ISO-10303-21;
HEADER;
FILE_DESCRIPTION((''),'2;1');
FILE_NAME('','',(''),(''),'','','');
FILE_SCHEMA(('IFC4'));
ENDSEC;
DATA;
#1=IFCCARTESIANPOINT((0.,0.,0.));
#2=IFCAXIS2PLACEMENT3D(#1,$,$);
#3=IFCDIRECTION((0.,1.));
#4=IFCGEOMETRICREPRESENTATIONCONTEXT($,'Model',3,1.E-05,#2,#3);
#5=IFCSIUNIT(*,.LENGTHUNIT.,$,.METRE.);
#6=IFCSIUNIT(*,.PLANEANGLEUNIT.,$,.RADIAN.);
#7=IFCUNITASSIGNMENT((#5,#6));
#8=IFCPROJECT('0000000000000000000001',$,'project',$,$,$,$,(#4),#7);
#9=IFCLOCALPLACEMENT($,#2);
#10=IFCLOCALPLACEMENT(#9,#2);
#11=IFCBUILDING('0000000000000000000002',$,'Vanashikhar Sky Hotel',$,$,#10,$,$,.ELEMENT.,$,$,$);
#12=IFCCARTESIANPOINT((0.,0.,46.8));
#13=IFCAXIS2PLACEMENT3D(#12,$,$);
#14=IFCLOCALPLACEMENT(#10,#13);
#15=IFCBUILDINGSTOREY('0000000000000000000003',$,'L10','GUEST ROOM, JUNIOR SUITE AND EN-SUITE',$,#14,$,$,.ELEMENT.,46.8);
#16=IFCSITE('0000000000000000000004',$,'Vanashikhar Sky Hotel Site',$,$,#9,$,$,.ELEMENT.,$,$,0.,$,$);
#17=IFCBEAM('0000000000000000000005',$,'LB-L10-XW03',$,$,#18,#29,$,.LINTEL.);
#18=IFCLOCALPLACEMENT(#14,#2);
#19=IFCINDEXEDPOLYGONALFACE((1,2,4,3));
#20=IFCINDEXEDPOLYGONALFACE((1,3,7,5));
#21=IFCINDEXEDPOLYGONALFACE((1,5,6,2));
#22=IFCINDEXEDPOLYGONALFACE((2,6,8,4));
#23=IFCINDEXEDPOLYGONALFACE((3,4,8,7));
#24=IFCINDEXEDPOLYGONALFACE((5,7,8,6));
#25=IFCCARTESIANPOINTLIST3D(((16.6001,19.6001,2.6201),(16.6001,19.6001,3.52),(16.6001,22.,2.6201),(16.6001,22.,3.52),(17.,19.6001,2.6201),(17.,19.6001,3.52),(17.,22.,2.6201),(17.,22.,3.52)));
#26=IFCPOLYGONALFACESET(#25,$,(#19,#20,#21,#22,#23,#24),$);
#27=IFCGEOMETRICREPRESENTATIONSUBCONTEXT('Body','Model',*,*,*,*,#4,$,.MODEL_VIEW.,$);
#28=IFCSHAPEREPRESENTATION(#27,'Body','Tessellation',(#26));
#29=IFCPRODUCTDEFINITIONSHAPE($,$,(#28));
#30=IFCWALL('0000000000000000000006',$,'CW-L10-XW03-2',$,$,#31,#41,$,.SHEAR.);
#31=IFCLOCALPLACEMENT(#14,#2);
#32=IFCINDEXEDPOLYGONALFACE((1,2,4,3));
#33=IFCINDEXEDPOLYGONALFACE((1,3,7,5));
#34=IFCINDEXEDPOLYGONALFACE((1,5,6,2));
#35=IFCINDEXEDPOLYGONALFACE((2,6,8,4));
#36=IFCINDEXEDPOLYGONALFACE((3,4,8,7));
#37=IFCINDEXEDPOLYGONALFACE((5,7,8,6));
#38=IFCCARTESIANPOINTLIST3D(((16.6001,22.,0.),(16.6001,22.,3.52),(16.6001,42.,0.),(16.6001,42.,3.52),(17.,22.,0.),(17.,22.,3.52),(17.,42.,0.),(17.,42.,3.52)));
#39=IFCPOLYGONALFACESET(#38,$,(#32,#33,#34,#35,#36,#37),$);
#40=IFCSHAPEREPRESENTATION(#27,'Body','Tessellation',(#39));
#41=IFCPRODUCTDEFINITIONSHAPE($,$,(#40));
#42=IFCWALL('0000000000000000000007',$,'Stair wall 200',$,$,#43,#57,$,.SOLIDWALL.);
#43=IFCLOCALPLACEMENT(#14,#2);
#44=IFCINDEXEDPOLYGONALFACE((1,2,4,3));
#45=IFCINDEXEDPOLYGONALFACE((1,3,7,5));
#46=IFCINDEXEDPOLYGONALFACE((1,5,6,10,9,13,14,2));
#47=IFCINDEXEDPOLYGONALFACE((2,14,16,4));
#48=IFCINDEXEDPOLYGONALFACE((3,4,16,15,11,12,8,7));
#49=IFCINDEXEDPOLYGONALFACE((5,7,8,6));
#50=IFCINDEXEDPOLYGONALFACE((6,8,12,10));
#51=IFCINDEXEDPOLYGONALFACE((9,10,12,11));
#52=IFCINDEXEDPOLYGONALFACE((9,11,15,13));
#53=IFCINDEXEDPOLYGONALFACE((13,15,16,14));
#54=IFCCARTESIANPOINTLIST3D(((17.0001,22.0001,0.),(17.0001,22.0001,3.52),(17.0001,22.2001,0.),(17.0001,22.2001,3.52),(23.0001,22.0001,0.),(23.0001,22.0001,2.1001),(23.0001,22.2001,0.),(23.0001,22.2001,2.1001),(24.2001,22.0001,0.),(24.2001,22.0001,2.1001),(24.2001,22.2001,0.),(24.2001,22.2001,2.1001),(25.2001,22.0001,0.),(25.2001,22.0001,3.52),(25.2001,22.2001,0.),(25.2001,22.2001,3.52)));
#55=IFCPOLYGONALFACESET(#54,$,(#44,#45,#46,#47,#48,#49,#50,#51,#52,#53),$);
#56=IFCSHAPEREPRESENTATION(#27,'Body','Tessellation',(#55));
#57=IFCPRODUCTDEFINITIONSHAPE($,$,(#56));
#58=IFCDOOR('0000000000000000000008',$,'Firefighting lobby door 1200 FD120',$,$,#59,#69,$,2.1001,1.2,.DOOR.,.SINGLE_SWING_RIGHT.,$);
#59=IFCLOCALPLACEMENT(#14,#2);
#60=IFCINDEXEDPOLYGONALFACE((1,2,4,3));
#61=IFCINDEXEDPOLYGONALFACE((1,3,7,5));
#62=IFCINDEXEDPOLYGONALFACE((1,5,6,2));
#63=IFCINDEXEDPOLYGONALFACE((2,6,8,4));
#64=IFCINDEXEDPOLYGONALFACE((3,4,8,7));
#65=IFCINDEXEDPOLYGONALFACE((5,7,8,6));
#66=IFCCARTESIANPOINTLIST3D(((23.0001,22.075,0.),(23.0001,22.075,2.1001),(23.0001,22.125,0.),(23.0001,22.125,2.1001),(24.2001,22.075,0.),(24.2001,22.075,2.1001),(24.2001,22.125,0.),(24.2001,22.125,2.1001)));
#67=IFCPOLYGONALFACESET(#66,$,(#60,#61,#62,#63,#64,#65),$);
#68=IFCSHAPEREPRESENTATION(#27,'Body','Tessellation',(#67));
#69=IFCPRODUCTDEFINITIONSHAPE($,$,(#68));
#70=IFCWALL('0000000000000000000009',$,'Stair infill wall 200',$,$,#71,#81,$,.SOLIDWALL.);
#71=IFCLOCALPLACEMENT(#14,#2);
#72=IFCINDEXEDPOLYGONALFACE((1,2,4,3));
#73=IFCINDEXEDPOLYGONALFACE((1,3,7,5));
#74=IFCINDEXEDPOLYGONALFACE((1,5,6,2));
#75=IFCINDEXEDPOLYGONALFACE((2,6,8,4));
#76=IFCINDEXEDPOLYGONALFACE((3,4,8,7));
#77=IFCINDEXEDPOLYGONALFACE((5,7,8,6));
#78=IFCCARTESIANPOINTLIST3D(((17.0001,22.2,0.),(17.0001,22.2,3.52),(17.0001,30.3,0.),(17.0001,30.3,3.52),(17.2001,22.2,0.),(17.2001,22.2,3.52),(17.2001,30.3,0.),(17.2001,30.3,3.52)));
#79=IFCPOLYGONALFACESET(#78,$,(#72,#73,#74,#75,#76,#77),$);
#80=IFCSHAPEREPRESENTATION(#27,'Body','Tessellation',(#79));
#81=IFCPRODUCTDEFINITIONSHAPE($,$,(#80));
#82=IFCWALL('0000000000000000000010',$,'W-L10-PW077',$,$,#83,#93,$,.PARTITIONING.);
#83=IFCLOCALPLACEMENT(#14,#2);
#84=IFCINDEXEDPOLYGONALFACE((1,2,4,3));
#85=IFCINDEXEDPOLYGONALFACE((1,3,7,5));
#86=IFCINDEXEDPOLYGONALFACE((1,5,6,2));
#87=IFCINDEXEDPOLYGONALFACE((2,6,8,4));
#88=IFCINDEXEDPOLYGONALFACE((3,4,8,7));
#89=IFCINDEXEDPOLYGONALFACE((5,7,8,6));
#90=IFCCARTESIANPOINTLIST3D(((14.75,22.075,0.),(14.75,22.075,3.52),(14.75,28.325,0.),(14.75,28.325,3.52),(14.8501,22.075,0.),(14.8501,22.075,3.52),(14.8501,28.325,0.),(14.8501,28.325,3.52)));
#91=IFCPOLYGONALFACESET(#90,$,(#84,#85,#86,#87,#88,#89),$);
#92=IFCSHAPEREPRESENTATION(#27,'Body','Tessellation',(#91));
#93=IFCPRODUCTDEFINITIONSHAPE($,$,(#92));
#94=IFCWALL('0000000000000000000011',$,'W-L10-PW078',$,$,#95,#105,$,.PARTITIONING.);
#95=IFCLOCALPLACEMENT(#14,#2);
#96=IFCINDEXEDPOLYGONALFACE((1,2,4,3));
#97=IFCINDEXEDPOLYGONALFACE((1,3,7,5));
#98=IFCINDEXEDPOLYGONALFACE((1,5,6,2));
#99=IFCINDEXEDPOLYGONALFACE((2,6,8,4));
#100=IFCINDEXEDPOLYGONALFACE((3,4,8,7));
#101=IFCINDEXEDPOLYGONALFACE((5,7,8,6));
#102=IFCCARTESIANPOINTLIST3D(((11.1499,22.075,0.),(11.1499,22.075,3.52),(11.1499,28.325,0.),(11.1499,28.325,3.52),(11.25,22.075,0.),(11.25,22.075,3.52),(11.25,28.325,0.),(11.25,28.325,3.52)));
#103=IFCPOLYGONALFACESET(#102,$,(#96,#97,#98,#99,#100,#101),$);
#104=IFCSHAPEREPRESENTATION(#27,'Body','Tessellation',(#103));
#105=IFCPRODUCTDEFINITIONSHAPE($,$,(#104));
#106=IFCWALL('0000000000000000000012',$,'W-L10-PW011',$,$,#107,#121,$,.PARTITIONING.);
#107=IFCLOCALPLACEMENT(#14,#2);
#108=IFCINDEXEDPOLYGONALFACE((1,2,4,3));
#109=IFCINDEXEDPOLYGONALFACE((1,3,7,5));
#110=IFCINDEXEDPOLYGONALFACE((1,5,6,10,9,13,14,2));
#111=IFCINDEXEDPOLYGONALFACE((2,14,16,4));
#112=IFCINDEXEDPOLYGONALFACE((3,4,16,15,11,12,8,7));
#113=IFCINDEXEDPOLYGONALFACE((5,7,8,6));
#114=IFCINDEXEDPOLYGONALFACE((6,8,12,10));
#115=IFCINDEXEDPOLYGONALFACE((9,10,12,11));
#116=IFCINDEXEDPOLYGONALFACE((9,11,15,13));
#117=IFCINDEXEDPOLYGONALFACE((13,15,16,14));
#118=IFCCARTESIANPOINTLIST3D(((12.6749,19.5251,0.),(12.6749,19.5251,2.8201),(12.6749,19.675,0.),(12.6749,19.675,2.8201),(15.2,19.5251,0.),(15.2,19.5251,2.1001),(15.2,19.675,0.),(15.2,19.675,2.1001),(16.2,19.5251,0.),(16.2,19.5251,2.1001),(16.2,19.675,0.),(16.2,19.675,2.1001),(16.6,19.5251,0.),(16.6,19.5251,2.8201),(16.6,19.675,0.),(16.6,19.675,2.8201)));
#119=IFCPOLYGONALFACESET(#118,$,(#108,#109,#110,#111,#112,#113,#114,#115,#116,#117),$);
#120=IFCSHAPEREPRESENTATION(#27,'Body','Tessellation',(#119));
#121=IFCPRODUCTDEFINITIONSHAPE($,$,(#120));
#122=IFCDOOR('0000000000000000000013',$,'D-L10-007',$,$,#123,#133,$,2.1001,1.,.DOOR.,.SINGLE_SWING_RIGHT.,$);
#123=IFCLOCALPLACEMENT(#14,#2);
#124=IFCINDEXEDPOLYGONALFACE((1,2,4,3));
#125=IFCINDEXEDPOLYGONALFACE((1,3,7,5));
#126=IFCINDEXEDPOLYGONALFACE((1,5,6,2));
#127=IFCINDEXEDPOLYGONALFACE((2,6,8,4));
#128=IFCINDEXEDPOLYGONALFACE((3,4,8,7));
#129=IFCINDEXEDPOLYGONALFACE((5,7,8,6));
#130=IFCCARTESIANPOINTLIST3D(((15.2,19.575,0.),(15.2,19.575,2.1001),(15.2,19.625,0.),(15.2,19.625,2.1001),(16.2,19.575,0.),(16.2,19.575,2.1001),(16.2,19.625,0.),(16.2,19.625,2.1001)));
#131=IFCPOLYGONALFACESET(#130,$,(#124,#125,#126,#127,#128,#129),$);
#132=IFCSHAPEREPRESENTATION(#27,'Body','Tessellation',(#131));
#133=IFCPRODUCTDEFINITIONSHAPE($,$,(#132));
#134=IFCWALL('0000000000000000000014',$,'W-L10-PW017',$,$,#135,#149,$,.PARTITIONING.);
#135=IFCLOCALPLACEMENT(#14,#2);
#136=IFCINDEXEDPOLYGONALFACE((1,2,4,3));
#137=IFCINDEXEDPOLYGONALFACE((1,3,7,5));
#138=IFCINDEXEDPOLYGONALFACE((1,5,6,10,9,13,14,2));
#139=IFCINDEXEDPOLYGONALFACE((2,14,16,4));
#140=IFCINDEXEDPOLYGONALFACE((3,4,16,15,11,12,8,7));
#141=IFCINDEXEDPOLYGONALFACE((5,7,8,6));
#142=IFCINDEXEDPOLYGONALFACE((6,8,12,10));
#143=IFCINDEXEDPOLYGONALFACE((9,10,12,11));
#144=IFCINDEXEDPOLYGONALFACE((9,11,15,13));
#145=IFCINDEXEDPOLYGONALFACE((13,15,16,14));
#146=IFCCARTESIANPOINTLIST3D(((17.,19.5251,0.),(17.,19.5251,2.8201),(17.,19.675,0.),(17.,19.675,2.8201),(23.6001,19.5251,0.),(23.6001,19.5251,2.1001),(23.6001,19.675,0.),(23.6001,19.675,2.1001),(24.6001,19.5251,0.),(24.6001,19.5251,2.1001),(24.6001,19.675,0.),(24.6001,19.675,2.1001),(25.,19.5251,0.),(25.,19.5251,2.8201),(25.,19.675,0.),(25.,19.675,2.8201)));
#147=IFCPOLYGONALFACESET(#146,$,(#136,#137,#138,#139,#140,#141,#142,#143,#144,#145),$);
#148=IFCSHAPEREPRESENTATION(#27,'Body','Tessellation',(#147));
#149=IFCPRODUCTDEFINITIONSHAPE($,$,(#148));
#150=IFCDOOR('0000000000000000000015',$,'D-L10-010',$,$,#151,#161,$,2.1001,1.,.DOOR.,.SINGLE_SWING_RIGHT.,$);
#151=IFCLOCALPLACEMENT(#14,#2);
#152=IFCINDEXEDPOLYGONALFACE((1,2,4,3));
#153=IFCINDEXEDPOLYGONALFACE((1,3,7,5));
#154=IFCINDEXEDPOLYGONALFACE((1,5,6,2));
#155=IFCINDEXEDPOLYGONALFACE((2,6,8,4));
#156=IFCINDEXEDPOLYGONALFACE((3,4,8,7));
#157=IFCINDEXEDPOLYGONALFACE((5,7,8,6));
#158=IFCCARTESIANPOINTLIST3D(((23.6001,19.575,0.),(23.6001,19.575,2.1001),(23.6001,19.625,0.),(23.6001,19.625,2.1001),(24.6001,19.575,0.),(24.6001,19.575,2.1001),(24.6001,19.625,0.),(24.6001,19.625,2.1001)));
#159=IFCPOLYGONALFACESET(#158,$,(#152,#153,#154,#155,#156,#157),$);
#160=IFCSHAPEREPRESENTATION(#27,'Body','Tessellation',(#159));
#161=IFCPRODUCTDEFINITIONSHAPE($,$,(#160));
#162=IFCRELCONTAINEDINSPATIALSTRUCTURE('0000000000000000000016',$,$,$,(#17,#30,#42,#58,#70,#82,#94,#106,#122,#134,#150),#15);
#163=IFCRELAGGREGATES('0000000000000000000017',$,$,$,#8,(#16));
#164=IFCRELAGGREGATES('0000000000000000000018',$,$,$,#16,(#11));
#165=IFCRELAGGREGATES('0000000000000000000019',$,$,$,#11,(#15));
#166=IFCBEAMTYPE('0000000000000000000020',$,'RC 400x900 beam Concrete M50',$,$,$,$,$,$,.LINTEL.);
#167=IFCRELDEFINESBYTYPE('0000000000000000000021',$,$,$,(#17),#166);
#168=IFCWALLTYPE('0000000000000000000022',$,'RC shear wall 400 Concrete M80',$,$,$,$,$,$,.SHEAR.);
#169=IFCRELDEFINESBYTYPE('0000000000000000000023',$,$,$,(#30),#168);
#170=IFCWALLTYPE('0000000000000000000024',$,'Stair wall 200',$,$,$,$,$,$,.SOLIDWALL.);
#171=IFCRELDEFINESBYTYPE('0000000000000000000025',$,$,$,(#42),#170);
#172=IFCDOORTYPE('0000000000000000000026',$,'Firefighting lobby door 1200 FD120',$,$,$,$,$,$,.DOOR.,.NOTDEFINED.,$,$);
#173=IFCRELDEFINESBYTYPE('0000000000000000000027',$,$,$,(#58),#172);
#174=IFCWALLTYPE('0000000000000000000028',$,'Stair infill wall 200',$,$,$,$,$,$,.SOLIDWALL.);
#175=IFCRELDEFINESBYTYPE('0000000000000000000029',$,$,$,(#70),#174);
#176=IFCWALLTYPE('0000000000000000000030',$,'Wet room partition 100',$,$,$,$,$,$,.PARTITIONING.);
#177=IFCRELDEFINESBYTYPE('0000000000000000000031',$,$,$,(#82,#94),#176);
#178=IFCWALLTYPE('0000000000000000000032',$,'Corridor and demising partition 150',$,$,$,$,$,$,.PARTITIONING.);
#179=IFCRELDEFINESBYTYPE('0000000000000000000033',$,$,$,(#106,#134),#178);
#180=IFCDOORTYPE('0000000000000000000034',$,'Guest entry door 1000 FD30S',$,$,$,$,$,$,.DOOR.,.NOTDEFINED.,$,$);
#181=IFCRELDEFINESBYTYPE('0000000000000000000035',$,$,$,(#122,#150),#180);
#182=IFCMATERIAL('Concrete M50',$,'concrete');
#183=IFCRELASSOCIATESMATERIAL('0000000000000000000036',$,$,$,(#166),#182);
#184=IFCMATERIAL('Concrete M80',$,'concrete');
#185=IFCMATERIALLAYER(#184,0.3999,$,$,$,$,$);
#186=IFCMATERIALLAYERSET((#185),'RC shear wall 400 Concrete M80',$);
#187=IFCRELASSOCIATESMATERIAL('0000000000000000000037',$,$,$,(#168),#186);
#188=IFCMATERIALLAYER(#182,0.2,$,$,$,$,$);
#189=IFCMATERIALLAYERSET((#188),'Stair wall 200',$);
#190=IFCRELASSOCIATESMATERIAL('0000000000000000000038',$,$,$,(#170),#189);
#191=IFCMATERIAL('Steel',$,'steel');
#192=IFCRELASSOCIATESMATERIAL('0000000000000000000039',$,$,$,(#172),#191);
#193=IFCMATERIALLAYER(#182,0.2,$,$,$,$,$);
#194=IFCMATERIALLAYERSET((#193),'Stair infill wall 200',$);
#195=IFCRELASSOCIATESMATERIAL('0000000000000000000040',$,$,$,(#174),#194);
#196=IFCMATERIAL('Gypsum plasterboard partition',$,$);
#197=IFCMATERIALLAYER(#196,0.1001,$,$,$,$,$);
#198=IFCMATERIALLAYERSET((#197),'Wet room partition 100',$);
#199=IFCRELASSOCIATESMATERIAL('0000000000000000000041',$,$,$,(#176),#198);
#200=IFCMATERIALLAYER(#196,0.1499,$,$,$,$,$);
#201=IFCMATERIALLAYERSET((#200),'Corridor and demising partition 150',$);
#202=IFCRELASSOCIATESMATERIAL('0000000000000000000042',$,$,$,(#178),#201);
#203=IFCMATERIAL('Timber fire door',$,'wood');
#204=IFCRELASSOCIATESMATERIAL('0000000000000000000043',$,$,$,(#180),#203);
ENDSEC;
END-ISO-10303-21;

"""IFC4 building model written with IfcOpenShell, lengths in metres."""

from ifc_helpers import new_model, si_unit, direction, frame, frame_2d, origin, origin_2d, place, context, subcontext, project, spatial, rectangle, extrude, source, transform, mapped, material, layer, layer_set, material_profile, profile_set, type_object, element, fill, save


model = new_model("IFC4")

# Units and contexts
model_context = context("Model", 3, precision=1e-05, world=origin(), true_north=direction((0.0, 1.0)))
body_context = subcontext(model_context, "Body", "Model", "MODEL_VIEW")
ifc_project = project(units=[si_unit("LENGTHUNIT", "METRE"), si_unit("PLANEANGLEUNIT", "RADIAN")], contexts=[model_context])

# Site, building, storey
site_placement = place(None, origin())
site = spatial("IfcSite", under=ifc_project, at=site_placement, Name="Vanashikhar Sky Hotel Site", CompositionType="ELEMENT", RefElevation=0.0)
building_placement = place(site_placement, origin())
building = spatial("IfcBuilding", under=site, at=building_placement, Name="Vanashikhar Sky Hotel", CompositionType="ELEMENT")
storey_placement = place(building_placement, frame((0.0, 0.0, 46.8)))
storey = spatial("IfcBuildingStorey", under=building, at=storey_placement, Name="L10", Description="GUEST ROOM, JUNIOR SUITE AND EN-SUITE", CompositionType="ELEMENT", Elevation=46.8)

# Beam
ifc_material_1 = material(Name="Concrete M50", Category="concrete")
ifc_material_profile = material_profile(ifc_material_1, rectangle(XDim=0.3999, YDim=0.8999, at=origin_2d()))
ifc_profile_set = profile_set([ifc_material_profile], Name="RC 400x900 beam Concrete M50")
beam_type = type_object("IfcBeamType", Name="RC 400x900 beam Concrete M50", PredefinedType="LINTEL", material=ifc_profile_set)
shared_shape_1 = source(origin(), body_context, "Body", "SweptSolid", [
    extrude(rectangle(XDim=0.3999, YDim=0.8999, at=origin_2d()), origin(), (0.0, 0.0, 1.0), 2.3999),
])
beam_placement = place(storey_placement, frame((16.8, 19.6001, 3.0701), z_axis=(0.0, 1.0, 0.0), x_axis=(-1.0, 0.0, 0.0)))
element("IfcBeam", 1, at=beam_placement, inside=storey, type_object=beam_type, Name="LB-L10-XW03", PredefinedType="LINTEL", context=body_context, shape_type="MappedRepresentation", body=[
    mapped(shared_shape_1, transform((0.0, 0.0, 0.0), scale=1.0)),
])

# Wall
ifc_material_2 = material(Name="Concrete M80", Category="concrete")
ifc_layer_1 = layer(ifc_material_2, 0.3999)
ifc_layer_set_1 = layer_set([ifc_layer_1], Name="RC shear wall 400 Concrete M80")
wall_type_1 = type_object("IfcWallType", Name="RC shear wall 400 Concrete M80", PredefinedType="SHEAR", material=ifc_layer_set_1)
shared_shape_2 = source(origin(), body_context, "Body", "SweptSolid", [
    extrude(rectangle(XDim=20.0, YDim=0.3999, at=frame_2d((10.0, 0.0))), origin(), (0.0, 0.0, 1.0), 3.52),
])
wall_1_placement = place(storey_placement, frame((16.8, 22.0, 0.0), z_axis=(0.0, 0.0, 1.0), x_axis=(0.0, 1.0, 0.0)))
element("IfcWall", 2, at=wall_1_placement, inside=storey, type_object=wall_type_1, Name="CW-L10-XW03-2", PredefinedType="SHEAR", context=body_context, shape_type="MappedRepresentation", body=[
    mapped(shared_shape_2, transform((0.0, 0.0, 0.0), scale=1.0)),
])

# Wall, opening, door
ifc_layer_2 = layer(ifc_material_1, 0.2)
ifc_layer_set_2 = layer_set([ifc_layer_2], Name="Stair wall 200")
wall_type_2 = type_object("IfcWallType", Name="Stair wall 200", PredefinedType="SOLIDWALL", material=ifc_layer_set_2)
shared_shape_3 = source(origin(), body_context, "Body", "SweptSolid", [
    extrude(rectangle(XDim=8.2, YDim=0.2, at=frame_2d((4.1001, 0.0))), origin(), (0.0, 0.0, 1.0), 3.52),
])
wall_2_placement = place(storey_placement, frame((17.0, 22.1001, 0.0), z_axis=(0.0, 0.0, 1.0), x_axis=(1.0, 0.0, 0.0)))
wall_2 = element("IfcWall", 3, at=wall_2_placement, inside=storey, type_object=wall_type_2, Name="Stair wall 200", PredefinedType="SOLIDWALL", context=body_context, shape_type="MappedRepresentation", body=[
    mapped(shared_shape_3, transform((0.0, 0.0, 0.0), scale=1.0)),
])
shared_shape_4 = source(origin(), body_context, "Body", "SweptSolid", [
    extrude(rectangle(XDim=1.2, YDim=2.1001, at=frame_2d((0.6001, 1.05))), frame((0.0, 0.1099, 0.0), z_axis=(0.0, -1.0, 0.0), x_axis=(1.0, 0.0, 0.0)), (0.0, 0.0, 1.0), 0.22),
])
opening_1_placement = place(wall_2_placement, frame((6.0, 0.0, 0.0)))
opening_1 = element("IfcOpeningElement", 4, at=opening_1_placement, cuts=wall_2, PredefinedType="OPENING", context=body_context, shape_type="MappedRepresentation", body=[
    mapped(shared_shape_4, transform((0.0, 0.0, 0.0), scale=1.0)),
])
ifc_material_3 = material(Name="Steel", Category="steel")
door_type_1 = type_object("IfcDoorType", Name="Firefighting lobby door 1200 FD120", OperationType="NOTDEFINED", PredefinedType="DOOR", material=ifc_material_3)
shared_shape_5 = source(origin(), body_context, "Body", "SweptSolid", [
    extrude(rectangle(XDim=1.2, YDim=2.1001, at=frame_2d((0.6001, 1.05))), frame((0.0, 0.0249, 0.0), z_axis=(0.0, -1.0, 0.0), x_axis=(1.0, 0.0, 0.0)), (0.0, 0.0, 1.0), 0.05),
])
door_1_placement = place(opening_1_placement, origin())
door_1 = element("IfcDoor", 5, at=door_1_placement, inside=storey, type_object=door_type_1, Name="Firefighting lobby door 1200 FD120", OperationType="SINGLE_SWING_RIGHT", OverallHeight=2.1001, OverallWidth=1.2, PredefinedType="DOOR", context=body_context, shape_type="MappedRepresentation", body=[
    mapped(shared_shape_5, transform((0.0, 0.0, 0.0), scale=1.0)),
])
fill(opening_1, door_1)

# Walls
ifc_layer_3 = layer(ifc_material_1, 0.2)
ifc_layer_set_3 = layer_set([ifc_layer_3], Name="Stair infill wall 200")
wall_type_3 = type_object("IfcWallType", Name="Stair infill wall 200", PredefinedType="SOLIDWALL", material=ifc_layer_set_3)
shared_shape_6 = source(origin(), body_context, "Body", "SweptSolid", [
    extrude(rectangle(XDim=8.1001, YDim=0.2, at=frame_2d((4.05, 0.0))), origin(), (0.0, 0.0, 1.0), 3.52),
])
wall_3_placement = place(storey_placement, frame((17.1001, 22.2, 0.0), z_axis=(0.0, 0.0, 1.0), x_axis=(0.0, 1.0, 0.0)))
element("IfcWall", 6, at=wall_3_placement, inside=storey, type_object=wall_type_3, Name="Stair infill wall 200", PredefinedType="SOLIDWALL", context=body_context, shape_type="MappedRepresentation", body=[
    mapped(shared_shape_6, transform((0.0, 0.0, 0.0), scale=1.0)),
])
ifc_material_4 = material(Name="Gypsum plasterboard partition")
ifc_layer_4 = layer(ifc_material_4, 0.1001)
ifc_layer_set_4 = layer_set([ifc_layer_4], Name="Wet room partition 100")
wall_type_4 = type_object("IfcWallType", Name="Wet room partition 100", PredefinedType="PARTITIONING", material=ifc_layer_set_4)
shared_shape_7 = source(origin(), body_context, "Body", "SweptSolid", [
    extrude(rectangle(XDim=6.25, YDim=0.1001, at=frame_2d((3.125, 0.0))), origin(), (0.0, 0.0, 1.0), 3.52),
])
for number, where, z_axis, x_axis, name in (
    (7, (14.8, 22.075, 0.0), (0.0, 0.0, 1.0), (0.0, 1.0, 0.0), "W-L10-PW077"),
    (8, (11.2, 22.075, 0.0), (0.0, 0.0, 1.0), (0.0, 1.0, 0.0), "W-L10-PW078"),
):
    element("IfcWall", number, at=place(storey_placement, frame(where, z_axis=z_axis, x_axis=x_axis)), inside=storey, type_object=wall_type_4, Name=name, PredefinedType="PARTITIONING", context=body_context, shape_type="MappedRepresentation", body=[
        mapped(shared_shape_7, transform((0.0, 0.0, 0.0), scale=1.0)),
    ])

# Walls, openings, doors
ifc_layer_5 = layer(ifc_material_4, 0.1499)
ifc_layer_set_5 = layer_set([ifc_layer_5], Name="Corridor and demising partition 150")
wall_type_5 = type_object("IfcWallType", Name="Corridor and demising partition 150", PredefinedType="PARTITIONING", material=ifc_layer_set_5)
shared_shape_8 = source(origin(), body_context, "Body", "SweptSolid", [
    extrude(rectangle(XDim=3.925, YDim=0.1499, at=frame_2d((1.9624, 0.0))), origin(), (0.0, 0.0, 1.0), 2.8201),
])
wall_4_placement = place(storey_placement, frame((12.675, 19.6001, 0.0), z_axis=(0.0, 0.0, 1.0), x_axis=(1.0, 0.0, 0.0)))
wall_4 = element("IfcWall", 9, at=wall_4_placement, inside=storey, type_object=wall_type_5, Name="W-L10-PW011", PredefinedType="PARTITIONING", context=body_context, shape_type="MappedRepresentation", body=[
    mapped(shared_shape_8, transform((0.0, 0.0, 0.0), scale=1.0)),
])
shared_shape_9 = source(origin(), body_context, "Body", "SweptSolid", [
    extrude(rectangle(XDim=1.0, YDim=2.1001, at=frame_2d((0.5, 1.05))), frame((0.0, 0.085, 0.0), z_axis=(0.0, -1.0, 0.0), x_axis=(1.0, 0.0, 0.0)), (0.0, 0.0, 1.0), 0.1699),
])
opening_2_placement = place(wall_4_placement, frame((2.5249, 0.0, 0.0)))
opening_2 = element("IfcOpeningElement", 10, at=opening_2_placement, cuts=wall_4, PredefinedType="OPENING", context=body_context, shape_type="MappedRepresentation", body=[
    mapped(shared_shape_9, transform((0.0, 0.0, 0.0), scale=1.0)),
])
ifc_material_5 = material(Name="Timber fire door", Category="wood")
door_type_2 = type_object("IfcDoorType", Name="Guest entry door 1000 FD30S", OperationType="NOTDEFINED", PredefinedType="DOOR", material=ifc_material_5)
shared_shape_10 = source(origin(), body_context, "Body", "SweptSolid", [
    extrude(rectangle(XDim=1.0, YDim=2.1001, at=frame_2d((0.5, 1.05))), frame((0.0, 0.0249, 0.0), z_axis=(0.0, -1.0, 0.0), x_axis=(1.0, 0.0, 0.0)), (0.0, 0.0, 1.0), 0.05),
])
door_2_placement = place(opening_2_placement, origin())
door_2 = element("IfcDoor", 11, at=door_2_placement, inside=storey, type_object=door_type_2, Name="D-L10-007", OperationType="SINGLE_SWING_RIGHT", OverallHeight=2.1001, OverallWidth=1.0, PredefinedType="DOOR", context=body_context, shape_type="MappedRepresentation", body=[
    mapped(shared_shape_10, transform((0.0, 0.0, 0.0), scale=1.0)),
])
fill(opening_2, door_2)
shared_shape_11 = source(origin(), body_context, "Body", "SweptSolid", [
    extrude(rectangle(XDim=8.0, YDim=0.1499, at=frame_2d((4.0, 0.0))), origin(), (0.0, 0.0, 1.0), 2.8201),
])
wall_5_placement = place(storey_placement, frame((17.0, 19.6001, 0.0), z_axis=(0.0, 0.0, 1.0), x_axis=(1.0, 0.0, 0.0)))
wall_5 = element("IfcWall", 12, at=wall_5_placement, inside=storey, type_object=wall_type_5, Name="W-L10-PW017", PredefinedType="PARTITIONING", context=body_context, shape_type="MappedRepresentation", body=[
    mapped(shared_shape_11, transform((0.0, 0.0, 0.0), scale=1.0)),
])
opening_3_placement = place(wall_5_placement, frame((6.6001, 0.0, 0.0)))
opening_3 = element("IfcOpeningElement", 13, at=opening_3_placement, cuts=wall_5, PredefinedType="OPENING", context=body_context, shape_type="MappedRepresentation", body=[
    mapped(shared_shape_9, transform((0.0, 0.0, 0.0), scale=1.0)),
])
door_3_placement = place(opening_3_placement, origin())
door_3 = element("IfcDoor", 14, at=door_3_placement, inside=storey, type_object=door_type_2, Name="D-L10-010", OperationType="SINGLE_SWING_RIGHT", OverallHeight=2.1001, OverallWidth=1.0, PredefinedType="DOOR", context=body_context, shape_type="MappedRepresentation", body=[
    mapped(shared_shape_10, transform((0.0, 0.0, 0.0), scale=1.0)),
])
fill(opening_3, door_3)

save(model, "model.ifc")
